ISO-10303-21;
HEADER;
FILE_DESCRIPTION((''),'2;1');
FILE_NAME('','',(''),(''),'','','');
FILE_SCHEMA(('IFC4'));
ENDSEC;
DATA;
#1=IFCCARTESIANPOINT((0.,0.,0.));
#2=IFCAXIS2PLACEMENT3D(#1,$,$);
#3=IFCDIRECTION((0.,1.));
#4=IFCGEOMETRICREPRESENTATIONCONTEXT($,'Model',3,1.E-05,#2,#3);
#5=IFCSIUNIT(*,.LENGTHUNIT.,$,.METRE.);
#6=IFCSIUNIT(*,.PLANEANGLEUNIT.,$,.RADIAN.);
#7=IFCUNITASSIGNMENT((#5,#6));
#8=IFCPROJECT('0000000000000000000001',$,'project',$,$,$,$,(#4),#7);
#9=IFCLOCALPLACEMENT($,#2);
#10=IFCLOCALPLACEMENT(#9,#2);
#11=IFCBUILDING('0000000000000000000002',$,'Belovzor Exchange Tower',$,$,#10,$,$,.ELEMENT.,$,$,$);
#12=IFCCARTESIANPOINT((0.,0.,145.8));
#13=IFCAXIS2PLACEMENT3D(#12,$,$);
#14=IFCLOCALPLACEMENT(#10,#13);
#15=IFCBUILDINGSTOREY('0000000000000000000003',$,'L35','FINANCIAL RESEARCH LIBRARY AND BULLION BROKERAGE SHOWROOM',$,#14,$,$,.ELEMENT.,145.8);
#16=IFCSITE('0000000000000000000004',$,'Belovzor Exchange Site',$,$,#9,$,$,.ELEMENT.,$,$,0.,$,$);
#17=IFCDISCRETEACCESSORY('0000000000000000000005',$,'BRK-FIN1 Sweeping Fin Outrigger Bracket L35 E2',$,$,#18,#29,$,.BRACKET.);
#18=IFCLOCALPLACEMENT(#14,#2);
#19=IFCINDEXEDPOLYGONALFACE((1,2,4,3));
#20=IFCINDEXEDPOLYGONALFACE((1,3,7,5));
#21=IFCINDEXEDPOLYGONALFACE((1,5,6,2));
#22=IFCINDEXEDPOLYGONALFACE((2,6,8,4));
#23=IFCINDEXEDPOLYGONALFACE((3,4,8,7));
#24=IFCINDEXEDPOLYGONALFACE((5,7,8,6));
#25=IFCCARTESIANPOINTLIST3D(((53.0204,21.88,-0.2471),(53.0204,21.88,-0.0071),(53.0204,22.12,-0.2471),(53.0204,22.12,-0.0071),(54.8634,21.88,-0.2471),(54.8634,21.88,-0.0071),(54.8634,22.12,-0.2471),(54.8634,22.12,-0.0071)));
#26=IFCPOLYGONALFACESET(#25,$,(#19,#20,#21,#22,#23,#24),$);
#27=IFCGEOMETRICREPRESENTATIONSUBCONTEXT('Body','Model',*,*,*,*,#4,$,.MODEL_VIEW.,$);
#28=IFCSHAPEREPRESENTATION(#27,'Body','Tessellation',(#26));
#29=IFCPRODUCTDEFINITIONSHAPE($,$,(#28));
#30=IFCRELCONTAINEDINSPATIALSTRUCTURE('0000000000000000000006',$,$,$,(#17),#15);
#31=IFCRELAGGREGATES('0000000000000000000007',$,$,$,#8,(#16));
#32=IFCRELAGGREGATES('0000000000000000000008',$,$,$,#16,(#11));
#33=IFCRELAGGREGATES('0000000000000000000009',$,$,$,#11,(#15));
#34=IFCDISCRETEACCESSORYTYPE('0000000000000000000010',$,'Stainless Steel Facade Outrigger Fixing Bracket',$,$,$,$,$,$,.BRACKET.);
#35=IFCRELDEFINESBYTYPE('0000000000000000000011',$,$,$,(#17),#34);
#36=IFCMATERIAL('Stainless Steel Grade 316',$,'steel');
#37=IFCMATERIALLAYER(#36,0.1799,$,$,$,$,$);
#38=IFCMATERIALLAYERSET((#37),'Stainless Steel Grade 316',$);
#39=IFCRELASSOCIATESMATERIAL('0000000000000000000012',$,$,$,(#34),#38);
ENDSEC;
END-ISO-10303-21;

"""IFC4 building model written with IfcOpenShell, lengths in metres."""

from ifc_helpers import new_model, si_unit, direction, frame, origin, origin_2d, place, context, subcontext, project, spatial, rectangle, extrude, material, layer, layer_set, type_object, element, save


model = new_model("IFC4")

# Units and contexts
model_context = context("Model", 3, precision=1e-05, world=origin(), true_north=direction((0.0, 1.0)))
body_context = subcontext(model_context, "Body", "Model", "MODEL_VIEW")
ifc_project = project(units=[si_unit("LENGTHUNIT", "METRE"), si_unit("PLANEANGLEUNIT", "RADIAN")], contexts=[model_context])

# Site, building, storey
site_placement = place(None, origin())
site = spatial("IfcSite", under=ifc_project, at=site_placement, Name="Belovzor Exchange Site", CompositionType="ELEMENT", RefElevation=0.0)
building_placement = place(site_placement, origin())
building = spatial("IfcBuilding", under=site, at=building_placement, Name="Belovzor Exchange Tower", CompositionType="ELEMENT")
storey_placement = place(building_placement, frame((0.0, 0.0, 145.8)))
storey = spatial("IfcBuildingStorey", under=building, at=storey_placement, Name="L35", Description="FINANCIAL RESEARCH LIBRARY AND BULLION BROKERAGE SHOWROOM", CompositionType="ELEMENT", Elevation=145.8)

# Discrete accessory
ifc_material_1 = material(Name="Stainless Steel Grade 316", Category="steel")
ifc_layer_1 = layer(ifc_material_1, 0.1799)
ifc_layer_set_1 = layer_set([ifc_layer_1], Name="Stainless Steel Grade 316")
discrete_accessory_type = type_object("IfcDiscreteAccessoryType", Name="Stainless Steel Facade Outrigger Fixing Bracket", PredefinedType="BRACKET", material=ifc_layer_set_1)
discrete_accessory_placement = place(storey_placement, frame((53.9419, 22.0, -0.2471), z_axis=(0.0, 0.0, 1.0), x_axis=(1.0, 0.0, 0.0)))
element("IfcDiscreteAccessory", 1, at=discrete_accessory_placement, inside=storey, type_object=discrete_accessory_type, Name="BRK-FIN1 Sweeping Fin Outrigger Bracket L35 E2", PredefinedType="BRACKET", context=body_context, shape_type="SweptSolid", body=[
    extrude(rectangle(XDim=1.843, YDim=0.24, at=origin_2d()), origin(), (0.0, 0.0, 1.0), 0.24),
])

save(model, "model.ifc")
